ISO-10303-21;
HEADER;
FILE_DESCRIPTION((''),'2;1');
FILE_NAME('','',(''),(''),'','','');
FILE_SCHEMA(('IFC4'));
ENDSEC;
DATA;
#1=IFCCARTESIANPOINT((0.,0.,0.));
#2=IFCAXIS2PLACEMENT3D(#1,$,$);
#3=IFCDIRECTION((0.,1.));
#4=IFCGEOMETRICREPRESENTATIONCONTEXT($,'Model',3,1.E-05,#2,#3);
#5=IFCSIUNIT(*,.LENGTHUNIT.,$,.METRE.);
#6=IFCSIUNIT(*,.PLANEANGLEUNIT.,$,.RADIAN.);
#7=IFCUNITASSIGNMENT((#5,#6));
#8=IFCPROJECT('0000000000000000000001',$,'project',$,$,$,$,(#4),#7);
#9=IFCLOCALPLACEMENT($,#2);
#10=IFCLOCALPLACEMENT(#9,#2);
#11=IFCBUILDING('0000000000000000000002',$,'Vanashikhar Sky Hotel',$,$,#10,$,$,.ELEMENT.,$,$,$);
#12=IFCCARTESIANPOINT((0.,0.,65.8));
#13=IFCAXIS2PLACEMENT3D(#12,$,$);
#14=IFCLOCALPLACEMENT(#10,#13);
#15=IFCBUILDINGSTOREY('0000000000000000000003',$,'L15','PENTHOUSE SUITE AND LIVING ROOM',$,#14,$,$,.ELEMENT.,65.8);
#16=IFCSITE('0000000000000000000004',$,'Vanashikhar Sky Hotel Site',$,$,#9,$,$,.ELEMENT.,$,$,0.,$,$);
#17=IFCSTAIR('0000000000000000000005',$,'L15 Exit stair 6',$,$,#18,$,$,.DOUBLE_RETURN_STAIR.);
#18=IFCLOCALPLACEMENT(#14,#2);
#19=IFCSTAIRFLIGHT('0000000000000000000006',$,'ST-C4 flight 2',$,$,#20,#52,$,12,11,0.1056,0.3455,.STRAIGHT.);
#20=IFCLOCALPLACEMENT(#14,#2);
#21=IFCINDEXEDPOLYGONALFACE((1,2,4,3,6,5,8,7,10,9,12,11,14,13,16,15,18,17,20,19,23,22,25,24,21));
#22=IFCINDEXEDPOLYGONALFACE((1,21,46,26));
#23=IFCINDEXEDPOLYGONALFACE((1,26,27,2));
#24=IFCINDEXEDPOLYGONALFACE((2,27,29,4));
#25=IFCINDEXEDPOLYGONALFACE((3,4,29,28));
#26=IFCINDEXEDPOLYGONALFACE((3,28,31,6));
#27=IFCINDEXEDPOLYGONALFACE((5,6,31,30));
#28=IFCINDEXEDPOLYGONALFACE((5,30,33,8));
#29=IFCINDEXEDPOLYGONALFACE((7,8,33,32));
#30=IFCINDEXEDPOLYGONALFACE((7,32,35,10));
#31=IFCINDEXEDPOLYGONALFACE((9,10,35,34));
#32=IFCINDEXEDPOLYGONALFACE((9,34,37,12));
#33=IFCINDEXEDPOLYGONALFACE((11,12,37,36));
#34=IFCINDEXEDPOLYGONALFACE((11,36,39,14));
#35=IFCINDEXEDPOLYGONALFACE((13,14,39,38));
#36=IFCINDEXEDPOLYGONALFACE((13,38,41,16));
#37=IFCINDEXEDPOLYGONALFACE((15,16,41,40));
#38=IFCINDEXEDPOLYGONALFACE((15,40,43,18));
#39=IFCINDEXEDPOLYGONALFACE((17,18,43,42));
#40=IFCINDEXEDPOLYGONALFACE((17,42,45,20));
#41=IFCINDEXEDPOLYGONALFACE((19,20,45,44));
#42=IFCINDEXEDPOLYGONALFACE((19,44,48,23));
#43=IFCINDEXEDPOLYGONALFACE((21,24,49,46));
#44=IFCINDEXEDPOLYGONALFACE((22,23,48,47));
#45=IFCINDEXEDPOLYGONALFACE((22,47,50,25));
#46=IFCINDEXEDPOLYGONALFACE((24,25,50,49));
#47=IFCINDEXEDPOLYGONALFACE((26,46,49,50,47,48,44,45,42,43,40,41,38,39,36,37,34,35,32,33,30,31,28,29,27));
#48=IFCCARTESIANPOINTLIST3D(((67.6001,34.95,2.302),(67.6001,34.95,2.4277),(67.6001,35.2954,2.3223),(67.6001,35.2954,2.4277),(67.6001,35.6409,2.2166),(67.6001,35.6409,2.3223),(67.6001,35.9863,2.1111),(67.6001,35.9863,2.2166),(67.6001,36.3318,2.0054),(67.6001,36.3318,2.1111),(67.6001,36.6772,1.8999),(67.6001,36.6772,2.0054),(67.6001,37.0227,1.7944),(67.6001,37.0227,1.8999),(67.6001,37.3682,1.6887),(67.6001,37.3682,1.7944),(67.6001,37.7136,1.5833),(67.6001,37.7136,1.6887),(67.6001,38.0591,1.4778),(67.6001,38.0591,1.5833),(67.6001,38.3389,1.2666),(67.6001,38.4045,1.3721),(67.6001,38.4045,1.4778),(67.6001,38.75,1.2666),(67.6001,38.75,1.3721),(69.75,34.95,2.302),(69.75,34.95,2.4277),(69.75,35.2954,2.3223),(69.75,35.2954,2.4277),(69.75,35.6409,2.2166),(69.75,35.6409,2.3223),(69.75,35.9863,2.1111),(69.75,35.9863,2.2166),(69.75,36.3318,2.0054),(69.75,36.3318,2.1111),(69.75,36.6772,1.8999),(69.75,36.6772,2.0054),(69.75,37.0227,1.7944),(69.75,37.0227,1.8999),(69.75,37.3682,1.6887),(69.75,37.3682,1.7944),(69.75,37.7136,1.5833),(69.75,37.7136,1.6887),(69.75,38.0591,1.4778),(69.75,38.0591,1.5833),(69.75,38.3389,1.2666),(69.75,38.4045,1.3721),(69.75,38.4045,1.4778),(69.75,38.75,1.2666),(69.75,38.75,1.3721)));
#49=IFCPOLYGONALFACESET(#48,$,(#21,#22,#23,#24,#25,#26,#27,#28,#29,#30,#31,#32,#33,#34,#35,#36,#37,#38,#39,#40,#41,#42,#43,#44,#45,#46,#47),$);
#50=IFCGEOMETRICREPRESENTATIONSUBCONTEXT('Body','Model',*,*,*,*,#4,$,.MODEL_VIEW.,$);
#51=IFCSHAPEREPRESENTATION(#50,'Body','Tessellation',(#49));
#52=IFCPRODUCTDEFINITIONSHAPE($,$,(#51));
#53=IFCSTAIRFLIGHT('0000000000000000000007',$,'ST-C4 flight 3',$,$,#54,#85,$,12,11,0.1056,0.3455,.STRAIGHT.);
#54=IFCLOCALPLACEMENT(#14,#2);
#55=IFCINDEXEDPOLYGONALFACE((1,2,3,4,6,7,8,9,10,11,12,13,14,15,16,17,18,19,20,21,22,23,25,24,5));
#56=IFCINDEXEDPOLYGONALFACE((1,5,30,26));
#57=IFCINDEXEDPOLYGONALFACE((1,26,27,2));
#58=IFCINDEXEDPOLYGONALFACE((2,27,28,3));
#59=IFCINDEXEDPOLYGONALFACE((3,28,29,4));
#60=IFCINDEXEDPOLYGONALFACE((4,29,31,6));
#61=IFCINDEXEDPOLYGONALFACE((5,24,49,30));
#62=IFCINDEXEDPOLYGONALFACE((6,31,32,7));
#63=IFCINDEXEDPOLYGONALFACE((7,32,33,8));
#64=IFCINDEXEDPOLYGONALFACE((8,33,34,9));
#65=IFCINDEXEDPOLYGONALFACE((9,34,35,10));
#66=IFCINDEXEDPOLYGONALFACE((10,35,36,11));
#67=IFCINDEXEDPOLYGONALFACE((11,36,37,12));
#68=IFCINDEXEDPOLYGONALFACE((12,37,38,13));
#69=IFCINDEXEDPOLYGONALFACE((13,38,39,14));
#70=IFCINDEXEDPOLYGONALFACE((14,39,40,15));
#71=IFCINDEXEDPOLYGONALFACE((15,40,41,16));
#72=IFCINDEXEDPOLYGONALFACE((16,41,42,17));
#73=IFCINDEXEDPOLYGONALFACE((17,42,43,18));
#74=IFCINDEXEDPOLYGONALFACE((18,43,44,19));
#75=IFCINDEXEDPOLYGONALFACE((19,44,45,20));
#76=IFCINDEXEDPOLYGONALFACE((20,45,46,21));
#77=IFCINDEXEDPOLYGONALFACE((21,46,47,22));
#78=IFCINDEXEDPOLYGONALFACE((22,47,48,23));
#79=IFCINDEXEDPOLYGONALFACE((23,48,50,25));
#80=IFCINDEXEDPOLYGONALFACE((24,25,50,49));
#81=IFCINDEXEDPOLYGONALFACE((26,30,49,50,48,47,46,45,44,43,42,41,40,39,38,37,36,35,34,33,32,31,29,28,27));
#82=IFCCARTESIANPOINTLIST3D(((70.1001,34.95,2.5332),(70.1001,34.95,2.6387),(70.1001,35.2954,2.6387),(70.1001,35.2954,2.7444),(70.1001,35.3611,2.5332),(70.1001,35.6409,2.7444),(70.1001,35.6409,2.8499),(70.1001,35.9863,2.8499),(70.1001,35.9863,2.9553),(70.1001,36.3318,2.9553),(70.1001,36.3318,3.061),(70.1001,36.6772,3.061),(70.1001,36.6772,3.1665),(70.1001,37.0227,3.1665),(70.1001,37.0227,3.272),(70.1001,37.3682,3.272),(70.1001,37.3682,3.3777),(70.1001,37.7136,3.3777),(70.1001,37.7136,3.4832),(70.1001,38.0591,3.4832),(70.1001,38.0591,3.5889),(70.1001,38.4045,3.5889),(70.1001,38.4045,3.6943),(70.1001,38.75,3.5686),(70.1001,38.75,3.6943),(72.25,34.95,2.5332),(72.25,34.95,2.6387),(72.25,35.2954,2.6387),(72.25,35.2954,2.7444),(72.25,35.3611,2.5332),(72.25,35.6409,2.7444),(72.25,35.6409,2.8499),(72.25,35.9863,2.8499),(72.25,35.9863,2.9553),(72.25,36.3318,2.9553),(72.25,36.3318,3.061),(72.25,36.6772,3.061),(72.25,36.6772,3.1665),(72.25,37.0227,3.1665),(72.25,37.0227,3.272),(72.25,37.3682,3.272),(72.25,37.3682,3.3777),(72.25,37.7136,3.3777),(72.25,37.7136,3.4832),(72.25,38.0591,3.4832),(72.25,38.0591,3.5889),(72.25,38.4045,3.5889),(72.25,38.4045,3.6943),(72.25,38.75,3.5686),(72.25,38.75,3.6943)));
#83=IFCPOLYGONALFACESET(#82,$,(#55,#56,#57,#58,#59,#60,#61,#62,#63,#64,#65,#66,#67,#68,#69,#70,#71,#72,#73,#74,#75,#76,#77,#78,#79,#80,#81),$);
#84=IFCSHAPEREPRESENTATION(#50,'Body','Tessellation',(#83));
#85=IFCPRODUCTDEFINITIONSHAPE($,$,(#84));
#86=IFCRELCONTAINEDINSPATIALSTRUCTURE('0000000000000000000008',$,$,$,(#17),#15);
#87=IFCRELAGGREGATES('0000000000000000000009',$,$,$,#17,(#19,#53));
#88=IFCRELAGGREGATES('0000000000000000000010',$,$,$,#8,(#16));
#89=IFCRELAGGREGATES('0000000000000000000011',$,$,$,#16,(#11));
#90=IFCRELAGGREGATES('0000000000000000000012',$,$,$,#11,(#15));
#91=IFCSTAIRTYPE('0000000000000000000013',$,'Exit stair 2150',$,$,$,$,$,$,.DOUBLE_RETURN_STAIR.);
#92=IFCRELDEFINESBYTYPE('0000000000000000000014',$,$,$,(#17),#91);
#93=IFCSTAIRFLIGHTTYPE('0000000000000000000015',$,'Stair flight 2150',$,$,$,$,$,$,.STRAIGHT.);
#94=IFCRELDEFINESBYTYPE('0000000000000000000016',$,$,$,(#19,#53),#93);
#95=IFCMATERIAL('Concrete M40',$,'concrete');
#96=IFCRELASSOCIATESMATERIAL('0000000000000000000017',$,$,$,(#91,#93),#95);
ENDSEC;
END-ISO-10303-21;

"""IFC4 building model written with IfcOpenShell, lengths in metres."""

from ifc_helpers import new_model, si_unit, direction, frame, origin, place, context, subcontext, project, spatial, polyline, outline, extrude, source, transform, mapped, material, type_object, element, aggregate, save


model = new_model("IFC4")

# Units and contexts
model_context = context("Model", 3, precision=1e-05, world=origin(), true_north=direction((0.0, 1.0)))
body_context = subcontext(model_context, "Body", "Model", "MODEL_VIEW")
ifc_project = project(units=[si_unit("LENGTHUNIT", "METRE"), si_unit("PLANEANGLEUNIT", "RADIAN")], contexts=[model_context])

# Site, building, storey
site_placement = place(None, origin())
site = spatial("IfcSite", under=ifc_project, at=site_placement, Name="Vanashikhar Sky Hotel Site", CompositionType="ELEMENT", RefElevation=0.0)
building_placement = place(site_placement, origin())
building = spatial("IfcBuilding", under=site, at=building_placement, Name="Vanashikhar Sky Hotel", CompositionType="ELEMENT")
storey_placement = place(building_placement, frame((0.0, 0.0, 65.8)))
storey = spatial("IfcBuildingStorey", under=building, at=storey_placement, Name="L15", Description="PENTHOUSE SUITE AND LIVING ROOM", CompositionType="ELEMENT", Elevation=65.8)

# Shared definitions
ifc_material_1 = material(Name="Concrete M40", Category="concrete")

# Stair, stair flights
stair_type = type_object("IfcStairType", Name="Exit stair 2150", PredefinedType="DOUBLE_RETURN_STAIR", material=ifc_material_1)
stair_placement = place(storey_placement, origin())
stair = element("IfcStair", 1, at=stair_placement, inside=storey, type_object=stair_type, Name="L15 Exit stair 6", PredefinedType="DOUBLE_RETURN_STAIR")
stair_flight_type = type_object("IfcStairFlightType", Name="Stair flight 2150", PredefinedType="STRAIGHT", material=ifc_material_1)
shared_shape_1 = source(origin(), body_context, "Body", "SweptSolid", [
    extrude(outline(polyline([(0.0, 0.0), (0.0, 0.1055), (0.3455, 0.1055), (0.3455, 0.2112), (0.6909, 0.2112), (0.6909, 0.3167), (1.0364, 0.3167), (1.0364, 0.4221), (1.3818, 0.4221), (1.3818, 0.5278), (1.7273, 0.5278), (1.7273, 0.6333), (2.0728, 0.6333), (2.0728, 0.7388), (2.4182, 0.7388), (2.4182, 0.8445), (2.7637, 0.8445), (2.7637, 0.95), (3.1091, 0.95), (3.1091, 1.0557), (3.4546, 1.0557), (3.4546, 1.1611), (3.8, 1.1611), (3.8, 1.2666), (3.8, 1.0354), (0.4111, 0.0), (0.0, 0.0)])), frame((0.0, 1.075, 0.0), z_axis=(0.0, -1.0, 0.0), x_axis=(1.0, 0.0, 0.0)), (0.0, 0.0, 1.0), 2.1499),
])
stair_flight_1_placement = place(storey_placement, frame((68.675, 38.75, 1.2666), z_axis=(0.0, 0.0, 1.0), x_axis=(0.0, -1.0, 0.0)))
stair_flight_1 = element("IfcStairFlight", 2, at=stair_flight_1_placement, type_object=stair_flight_type, Name="ST-C4 flight 2", NumberOfRisers=12, NumberOfTreads=11, PredefinedType="STRAIGHT", RiserHeight=0.1056, TreadLength=0.3455, context=body_context, shape_type="MappedRepresentation", body=[
    mapped(shared_shape_1, transform((0.0, 0.0, 0.0), scale=1.0)),
])
stair_flight_2_placement = place(storey_placement, frame((71.175, 34.95, 2.5332), z_axis=(0.0, 0.0, 1.0), x_axis=(0.0, 1.0, 0.0)))
stair_flight_2 = element("IfcStairFlight", 3, at=stair_flight_2_placement, type_object=stair_flight_type, Name="ST-C4 flight 3", NumberOfRisers=12, NumberOfTreads=11, PredefinedType="STRAIGHT", RiserHeight=0.1056, TreadLength=0.3455, context=body_context, shape_type="MappedRepresentation", body=[
    mapped(shared_shape_1, transform((0.0, 0.0, 0.0), scale=1.0)),
])
aggregate(stair, [stair_flight_1, stair_flight_2])

save(model, "model.ifc")
